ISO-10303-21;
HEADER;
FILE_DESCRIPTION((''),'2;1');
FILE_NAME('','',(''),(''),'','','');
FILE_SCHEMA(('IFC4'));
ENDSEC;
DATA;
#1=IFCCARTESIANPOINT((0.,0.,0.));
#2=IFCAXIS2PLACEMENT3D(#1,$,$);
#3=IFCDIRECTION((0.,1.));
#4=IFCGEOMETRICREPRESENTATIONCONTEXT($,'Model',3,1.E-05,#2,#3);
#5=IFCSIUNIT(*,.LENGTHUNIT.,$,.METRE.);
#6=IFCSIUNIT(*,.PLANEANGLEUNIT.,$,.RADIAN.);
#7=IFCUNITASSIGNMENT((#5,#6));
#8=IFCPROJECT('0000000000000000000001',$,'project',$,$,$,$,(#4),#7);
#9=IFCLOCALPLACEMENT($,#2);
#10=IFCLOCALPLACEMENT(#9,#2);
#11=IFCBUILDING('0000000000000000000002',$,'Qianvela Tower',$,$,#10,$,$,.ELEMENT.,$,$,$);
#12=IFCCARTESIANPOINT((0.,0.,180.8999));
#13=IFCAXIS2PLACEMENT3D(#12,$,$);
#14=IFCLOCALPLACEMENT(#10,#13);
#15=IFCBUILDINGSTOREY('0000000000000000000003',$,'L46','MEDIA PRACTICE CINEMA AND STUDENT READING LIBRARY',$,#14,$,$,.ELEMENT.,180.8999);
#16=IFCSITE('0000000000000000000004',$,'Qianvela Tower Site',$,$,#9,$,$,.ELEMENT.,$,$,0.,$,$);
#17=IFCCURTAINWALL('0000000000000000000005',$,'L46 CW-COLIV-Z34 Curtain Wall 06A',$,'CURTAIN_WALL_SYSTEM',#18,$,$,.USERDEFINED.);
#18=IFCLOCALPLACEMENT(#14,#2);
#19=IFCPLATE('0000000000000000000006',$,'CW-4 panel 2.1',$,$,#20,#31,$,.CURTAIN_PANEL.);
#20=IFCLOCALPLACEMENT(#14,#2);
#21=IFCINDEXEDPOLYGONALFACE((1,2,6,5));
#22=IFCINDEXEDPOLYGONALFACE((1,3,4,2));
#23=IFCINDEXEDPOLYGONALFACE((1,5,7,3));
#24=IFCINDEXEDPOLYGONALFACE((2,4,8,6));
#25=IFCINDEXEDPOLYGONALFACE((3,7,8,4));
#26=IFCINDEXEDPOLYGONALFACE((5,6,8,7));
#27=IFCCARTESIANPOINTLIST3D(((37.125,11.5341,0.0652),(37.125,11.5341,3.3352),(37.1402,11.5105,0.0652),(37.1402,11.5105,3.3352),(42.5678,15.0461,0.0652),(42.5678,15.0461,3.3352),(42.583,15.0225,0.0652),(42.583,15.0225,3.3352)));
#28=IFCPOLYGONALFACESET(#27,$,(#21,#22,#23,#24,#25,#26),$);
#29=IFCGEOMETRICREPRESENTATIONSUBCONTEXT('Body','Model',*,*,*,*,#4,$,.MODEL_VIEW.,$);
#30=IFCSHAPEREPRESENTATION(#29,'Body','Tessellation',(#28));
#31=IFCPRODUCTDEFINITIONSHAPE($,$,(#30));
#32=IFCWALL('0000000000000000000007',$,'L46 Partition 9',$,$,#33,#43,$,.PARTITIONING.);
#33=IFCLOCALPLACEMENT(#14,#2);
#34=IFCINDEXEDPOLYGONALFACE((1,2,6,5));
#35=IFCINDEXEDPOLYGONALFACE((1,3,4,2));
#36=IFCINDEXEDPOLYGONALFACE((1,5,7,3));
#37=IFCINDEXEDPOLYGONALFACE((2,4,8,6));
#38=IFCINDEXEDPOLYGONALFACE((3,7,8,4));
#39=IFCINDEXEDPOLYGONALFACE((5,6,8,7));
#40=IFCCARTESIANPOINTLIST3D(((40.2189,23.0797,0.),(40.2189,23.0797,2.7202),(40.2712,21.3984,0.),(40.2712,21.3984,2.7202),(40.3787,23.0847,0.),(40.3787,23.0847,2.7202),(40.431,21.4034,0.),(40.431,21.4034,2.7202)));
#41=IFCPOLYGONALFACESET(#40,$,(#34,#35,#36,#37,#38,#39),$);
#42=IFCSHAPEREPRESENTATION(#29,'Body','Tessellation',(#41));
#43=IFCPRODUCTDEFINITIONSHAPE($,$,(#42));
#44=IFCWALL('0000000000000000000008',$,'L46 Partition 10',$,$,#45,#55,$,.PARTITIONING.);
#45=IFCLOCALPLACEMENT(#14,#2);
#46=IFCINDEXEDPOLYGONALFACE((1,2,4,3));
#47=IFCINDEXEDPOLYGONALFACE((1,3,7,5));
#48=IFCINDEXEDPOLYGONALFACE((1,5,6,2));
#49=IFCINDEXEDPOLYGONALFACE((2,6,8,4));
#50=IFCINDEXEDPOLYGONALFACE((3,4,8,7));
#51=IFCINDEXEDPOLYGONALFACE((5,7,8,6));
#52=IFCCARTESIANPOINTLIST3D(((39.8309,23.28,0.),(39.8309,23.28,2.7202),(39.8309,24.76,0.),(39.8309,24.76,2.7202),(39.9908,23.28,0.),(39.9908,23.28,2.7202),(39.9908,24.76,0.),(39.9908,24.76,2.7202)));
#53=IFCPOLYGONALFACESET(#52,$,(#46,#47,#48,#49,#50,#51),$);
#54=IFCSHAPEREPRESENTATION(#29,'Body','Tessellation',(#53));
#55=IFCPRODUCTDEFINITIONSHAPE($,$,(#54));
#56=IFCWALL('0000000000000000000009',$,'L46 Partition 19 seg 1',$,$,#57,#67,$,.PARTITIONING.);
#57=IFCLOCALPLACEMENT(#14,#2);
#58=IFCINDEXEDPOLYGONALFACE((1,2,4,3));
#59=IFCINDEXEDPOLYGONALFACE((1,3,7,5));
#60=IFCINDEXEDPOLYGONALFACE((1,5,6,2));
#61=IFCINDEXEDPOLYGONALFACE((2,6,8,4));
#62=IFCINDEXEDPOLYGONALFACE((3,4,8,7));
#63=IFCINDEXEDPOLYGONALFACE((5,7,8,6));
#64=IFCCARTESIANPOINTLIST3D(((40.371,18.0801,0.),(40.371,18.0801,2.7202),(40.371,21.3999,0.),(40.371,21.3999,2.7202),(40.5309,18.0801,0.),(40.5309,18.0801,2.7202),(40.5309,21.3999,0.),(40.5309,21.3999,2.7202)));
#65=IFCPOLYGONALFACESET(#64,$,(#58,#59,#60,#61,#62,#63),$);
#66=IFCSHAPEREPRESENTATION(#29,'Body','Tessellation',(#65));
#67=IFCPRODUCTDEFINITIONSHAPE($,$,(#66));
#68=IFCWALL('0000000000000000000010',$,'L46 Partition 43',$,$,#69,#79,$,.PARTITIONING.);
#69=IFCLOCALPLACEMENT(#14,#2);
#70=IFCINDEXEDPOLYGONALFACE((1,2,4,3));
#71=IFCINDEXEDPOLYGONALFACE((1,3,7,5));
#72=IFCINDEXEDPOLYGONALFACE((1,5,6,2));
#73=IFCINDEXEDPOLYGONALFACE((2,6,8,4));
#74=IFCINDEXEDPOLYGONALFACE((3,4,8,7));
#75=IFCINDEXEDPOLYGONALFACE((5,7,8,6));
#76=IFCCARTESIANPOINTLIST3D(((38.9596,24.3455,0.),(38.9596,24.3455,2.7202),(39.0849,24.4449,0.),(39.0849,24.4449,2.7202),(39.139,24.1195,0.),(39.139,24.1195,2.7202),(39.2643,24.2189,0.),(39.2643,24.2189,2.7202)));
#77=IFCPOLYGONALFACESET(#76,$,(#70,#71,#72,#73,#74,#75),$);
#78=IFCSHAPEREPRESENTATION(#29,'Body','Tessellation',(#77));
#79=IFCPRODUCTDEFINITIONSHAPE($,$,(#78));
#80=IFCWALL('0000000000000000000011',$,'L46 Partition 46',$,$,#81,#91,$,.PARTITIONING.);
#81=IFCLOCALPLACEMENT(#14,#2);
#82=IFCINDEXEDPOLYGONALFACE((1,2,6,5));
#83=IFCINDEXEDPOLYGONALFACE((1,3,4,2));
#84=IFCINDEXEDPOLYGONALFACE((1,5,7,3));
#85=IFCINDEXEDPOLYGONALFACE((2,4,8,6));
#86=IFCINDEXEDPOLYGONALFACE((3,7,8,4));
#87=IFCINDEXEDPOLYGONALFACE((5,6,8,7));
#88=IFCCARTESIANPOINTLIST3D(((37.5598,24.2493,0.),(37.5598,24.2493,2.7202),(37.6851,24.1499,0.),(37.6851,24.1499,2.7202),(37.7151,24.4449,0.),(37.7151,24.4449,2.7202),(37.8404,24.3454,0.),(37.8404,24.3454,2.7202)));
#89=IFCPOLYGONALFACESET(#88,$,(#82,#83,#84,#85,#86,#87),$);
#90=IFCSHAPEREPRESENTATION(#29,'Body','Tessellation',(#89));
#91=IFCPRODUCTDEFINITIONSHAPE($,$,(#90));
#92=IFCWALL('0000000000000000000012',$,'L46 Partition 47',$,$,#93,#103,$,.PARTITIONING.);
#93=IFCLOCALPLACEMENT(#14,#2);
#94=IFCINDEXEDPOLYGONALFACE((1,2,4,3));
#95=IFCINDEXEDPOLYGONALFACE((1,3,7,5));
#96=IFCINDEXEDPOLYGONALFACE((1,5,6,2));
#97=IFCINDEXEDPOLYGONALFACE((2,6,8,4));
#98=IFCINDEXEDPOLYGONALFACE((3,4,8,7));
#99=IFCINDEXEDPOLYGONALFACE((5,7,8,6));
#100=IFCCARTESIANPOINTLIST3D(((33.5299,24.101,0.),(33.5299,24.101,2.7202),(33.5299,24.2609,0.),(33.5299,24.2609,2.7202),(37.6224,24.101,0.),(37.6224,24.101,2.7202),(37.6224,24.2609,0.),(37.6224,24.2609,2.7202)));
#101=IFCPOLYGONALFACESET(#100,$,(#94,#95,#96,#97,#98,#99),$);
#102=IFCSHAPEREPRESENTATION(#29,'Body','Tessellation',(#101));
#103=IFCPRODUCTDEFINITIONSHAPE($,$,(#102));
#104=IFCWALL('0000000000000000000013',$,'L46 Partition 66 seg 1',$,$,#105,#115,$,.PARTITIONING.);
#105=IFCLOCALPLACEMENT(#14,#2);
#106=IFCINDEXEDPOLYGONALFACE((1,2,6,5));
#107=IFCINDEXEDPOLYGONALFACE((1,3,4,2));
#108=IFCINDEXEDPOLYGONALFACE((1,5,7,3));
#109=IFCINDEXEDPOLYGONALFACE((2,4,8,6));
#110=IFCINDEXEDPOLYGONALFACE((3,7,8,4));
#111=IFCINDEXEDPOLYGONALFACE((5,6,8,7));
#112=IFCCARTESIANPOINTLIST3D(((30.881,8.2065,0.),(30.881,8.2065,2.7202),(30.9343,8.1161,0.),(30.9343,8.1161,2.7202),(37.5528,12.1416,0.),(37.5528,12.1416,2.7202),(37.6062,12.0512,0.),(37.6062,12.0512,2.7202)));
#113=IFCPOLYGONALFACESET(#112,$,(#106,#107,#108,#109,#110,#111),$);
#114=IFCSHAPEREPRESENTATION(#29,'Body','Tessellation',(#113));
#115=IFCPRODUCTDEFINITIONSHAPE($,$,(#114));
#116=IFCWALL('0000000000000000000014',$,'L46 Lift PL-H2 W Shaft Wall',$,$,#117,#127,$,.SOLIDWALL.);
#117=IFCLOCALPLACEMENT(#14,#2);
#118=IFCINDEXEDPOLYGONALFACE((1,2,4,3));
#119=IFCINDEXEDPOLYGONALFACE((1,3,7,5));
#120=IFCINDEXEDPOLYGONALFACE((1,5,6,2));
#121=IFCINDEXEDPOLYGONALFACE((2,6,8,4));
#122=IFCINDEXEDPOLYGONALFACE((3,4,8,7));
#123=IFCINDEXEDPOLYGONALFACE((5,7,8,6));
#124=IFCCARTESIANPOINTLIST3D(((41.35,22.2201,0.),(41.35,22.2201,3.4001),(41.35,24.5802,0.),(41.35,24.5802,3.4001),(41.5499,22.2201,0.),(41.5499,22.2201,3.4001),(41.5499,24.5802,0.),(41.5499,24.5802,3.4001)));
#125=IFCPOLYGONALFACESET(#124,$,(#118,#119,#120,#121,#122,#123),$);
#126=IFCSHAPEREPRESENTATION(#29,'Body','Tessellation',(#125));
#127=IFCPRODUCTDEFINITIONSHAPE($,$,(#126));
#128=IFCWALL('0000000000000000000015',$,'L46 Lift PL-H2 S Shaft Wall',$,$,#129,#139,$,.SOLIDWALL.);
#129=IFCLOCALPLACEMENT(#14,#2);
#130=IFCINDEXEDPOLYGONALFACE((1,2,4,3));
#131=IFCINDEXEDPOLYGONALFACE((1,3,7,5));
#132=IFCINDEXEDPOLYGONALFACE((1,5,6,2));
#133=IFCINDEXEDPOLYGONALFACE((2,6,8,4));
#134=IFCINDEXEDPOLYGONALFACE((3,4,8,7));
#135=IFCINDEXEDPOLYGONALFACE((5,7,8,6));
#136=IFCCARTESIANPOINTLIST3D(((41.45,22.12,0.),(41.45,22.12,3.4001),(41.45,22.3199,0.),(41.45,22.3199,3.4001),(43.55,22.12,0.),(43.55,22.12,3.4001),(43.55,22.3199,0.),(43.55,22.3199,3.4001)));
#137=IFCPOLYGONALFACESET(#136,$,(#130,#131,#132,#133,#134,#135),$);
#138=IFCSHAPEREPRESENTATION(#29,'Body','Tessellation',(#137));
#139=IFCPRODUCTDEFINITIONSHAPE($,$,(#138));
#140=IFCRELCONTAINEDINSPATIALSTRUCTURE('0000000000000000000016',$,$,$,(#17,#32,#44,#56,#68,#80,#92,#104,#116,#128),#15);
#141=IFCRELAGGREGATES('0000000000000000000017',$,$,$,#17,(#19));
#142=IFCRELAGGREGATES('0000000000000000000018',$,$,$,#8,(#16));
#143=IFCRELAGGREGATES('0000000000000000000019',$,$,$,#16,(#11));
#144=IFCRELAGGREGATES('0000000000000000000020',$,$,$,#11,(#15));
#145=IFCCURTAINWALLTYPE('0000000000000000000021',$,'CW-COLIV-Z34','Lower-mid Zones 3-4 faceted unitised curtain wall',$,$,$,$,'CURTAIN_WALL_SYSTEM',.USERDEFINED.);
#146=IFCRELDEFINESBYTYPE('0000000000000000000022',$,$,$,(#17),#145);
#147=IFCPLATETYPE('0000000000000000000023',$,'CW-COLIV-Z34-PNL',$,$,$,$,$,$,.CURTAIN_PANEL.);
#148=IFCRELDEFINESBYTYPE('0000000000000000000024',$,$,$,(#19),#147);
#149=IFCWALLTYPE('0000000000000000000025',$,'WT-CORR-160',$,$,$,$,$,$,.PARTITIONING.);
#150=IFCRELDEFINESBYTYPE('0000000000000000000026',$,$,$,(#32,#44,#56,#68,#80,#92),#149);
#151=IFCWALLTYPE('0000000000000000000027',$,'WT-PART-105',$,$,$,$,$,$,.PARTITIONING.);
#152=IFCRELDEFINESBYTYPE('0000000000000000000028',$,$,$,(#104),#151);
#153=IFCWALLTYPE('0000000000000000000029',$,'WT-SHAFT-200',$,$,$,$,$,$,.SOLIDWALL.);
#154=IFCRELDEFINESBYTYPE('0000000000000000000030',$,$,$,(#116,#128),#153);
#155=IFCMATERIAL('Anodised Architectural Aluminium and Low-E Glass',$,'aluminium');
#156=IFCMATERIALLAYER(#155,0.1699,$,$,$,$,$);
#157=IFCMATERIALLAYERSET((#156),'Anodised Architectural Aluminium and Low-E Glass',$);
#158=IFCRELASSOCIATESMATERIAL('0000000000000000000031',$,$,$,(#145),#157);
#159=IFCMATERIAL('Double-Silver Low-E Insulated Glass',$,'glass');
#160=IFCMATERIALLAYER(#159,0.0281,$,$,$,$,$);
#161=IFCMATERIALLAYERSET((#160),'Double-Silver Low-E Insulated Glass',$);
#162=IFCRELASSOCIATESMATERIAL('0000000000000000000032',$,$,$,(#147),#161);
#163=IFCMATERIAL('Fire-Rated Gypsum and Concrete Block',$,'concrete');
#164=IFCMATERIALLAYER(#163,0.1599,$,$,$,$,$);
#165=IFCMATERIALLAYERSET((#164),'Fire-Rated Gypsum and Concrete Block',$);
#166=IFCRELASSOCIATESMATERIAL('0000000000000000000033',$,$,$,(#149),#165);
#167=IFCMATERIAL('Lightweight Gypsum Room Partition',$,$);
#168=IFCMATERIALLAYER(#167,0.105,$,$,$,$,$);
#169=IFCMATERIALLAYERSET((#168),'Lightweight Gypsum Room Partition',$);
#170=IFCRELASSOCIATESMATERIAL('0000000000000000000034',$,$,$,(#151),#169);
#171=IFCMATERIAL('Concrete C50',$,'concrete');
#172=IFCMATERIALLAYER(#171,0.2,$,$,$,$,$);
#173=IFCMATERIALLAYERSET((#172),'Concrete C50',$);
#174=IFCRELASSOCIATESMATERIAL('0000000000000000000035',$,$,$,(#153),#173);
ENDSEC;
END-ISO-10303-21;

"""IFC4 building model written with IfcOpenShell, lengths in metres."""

from ifc_helpers import new_model, si_unit, direction, frame, frame_2d, origin, origin_2d, place, context, subcontext, project, spatial, rectangle, extrude, material, layer, layer_set, type_object, element, aggregate, save


model = new_model("IFC4")

# Units and contexts
model_context = context("Model", 3, precision=1e-05, world=origin(), true_north=direction((0.0, 1.0)))
body_context = subcontext(model_context, "Body", "Model", "MODEL_VIEW")
ifc_project = project(units=[si_unit("LENGTHUNIT", "METRE"), si_unit("PLANEANGLEUNIT", "RADIAN")], contexts=[model_context])

# Site, building, storey
site_placement = place(None, origin())
site = spatial("IfcSite", under=ifc_project, at=site_placement, Name="Qianvela Tower Site", CompositionType="ELEMENT", RefElevation=0.0)
building_placement = place(site_placement, origin())
building = spatial("IfcBuilding", under=site, at=building_placement, Name="Qianvela Tower", CompositionType="ELEMENT")
storey_placement = place(building_placement, frame((0.0, 0.0, 180.8999)))
storey = spatial("IfcBuildingStorey", under=building, at=storey_placement, Name="L46", Description="MEDIA PRACTICE CINEMA AND STUDENT READING LIBRARY", CompositionType="ELEMENT", Elevation=180.8999)

# Curtain wall, plate
ifc_material_1 = material(Name="Anodised Architectural Aluminium and Low-E Glass", Category="aluminium")
ifc_layer_1 = layer(ifc_material_1, 0.1699)
ifc_layer_set_1 = layer_set([ifc_layer_1], Name="Anodised Architectural Aluminium and Low-E Glass")
curtain_wall_type = type_object("IfcCurtainWallType", Name="CW-COLIV-Z34", Description="Lower-mid Zones 3-4 faceted unitised curtain wall", ElementType="CURTAIN_WALL_SYSTEM", PredefinedType="USERDEFINED", material=ifc_layer_set_1)
curtain_wall_placement = place(storey_placement, origin())
curtain_wall = element("IfcCurtainWall", 1, at=curtain_wall_placement, inside=storey, type_object=curtain_wall_type, Name="L46 CW-COLIV-Z34 Curtain Wall 06A", ObjectType="CURTAIN_WALL_SYSTEM", PredefinedType="USERDEFINED")
ifc_material_2 = material(Name="Double-Silver Low-E Insulated Glass", Category="glass")
ifc_layer_2 = layer(ifc_material_2, 0.0281)
ifc_layer_set_2 = layer_set([ifc_layer_2], Name="Double-Silver Low-E Insulated Glass")
plate_type = type_object("IfcPlateType", Name="CW-COLIV-Z34-PNL", PredefinedType="CURTAIN_PANEL", material=ifc_layer_set_2)
plate_1_placement = place(storey_placement, frame((39.854, 13.2783, 0.0652), z_axis=(0.0, 0.0, 1.0), x_axis=(0.840257, 0.542189, 0.0)))
plate_1 = element("IfcPlate", 2, at=plate_1_placement, type_object=plate_type, Name="CW-4 panel 2.1", PredefinedType="CURTAIN_PANEL", context=body_context, shape_type="SweptSolid", body=[
    extrude(rectangle(XDim=6.4775, YDim=0.0281, at=origin_2d()), origin(), (0.0, 0.0, 1.0), 3.27),
])
aggregate(curtain_wall, [plate_1])

# Shared definitions
ifc_material_3 = material(Name="Fire-Rated Gypsum and Concrete Block", Category="concrete")
ifc_layer_3 = layer(ifc_material_3, 0.1599)
ifc_layer_set_3 = layer_set([ifc_layer_3], Name="Fire-Rated Gypsum and Concrete Block")
wall_type_1 = type_object("IfcWallType", Name="WT-CORR-160", PredefinedType="PARTITIONING", material=ifc_layer_set_3)

# Walls
wall_1_placement = place(storey_placement, frame((40.3511, 21.4009, 0.0), z_axis=(0.0, 0.0, 1.0), x_axis=(-0.031058, 0.999518, 0.0)))
element("IfcWall", 3, at=wall_1_placement, inside=storey, type_object=wall_type_1, Name="L46 Partition 9", PredefinedType="PARTITIONING", context=body_context, shape_type="SweptSolid", body=[
    extrude(rectangle(XDim=1.6821, YDim=0.1599, at=frame_2d((0.8411, 0.0))), origin(), (0.0, 0.0, 1.0), 2.7202),
])
wall_2_placement = place(storey_placement, frame((39.9109, 23.28, 0.0), z_axis=(0.0, 0.0, 1.0), x_axis=(0.0, 1.0, 0.0)))
element("IfcWall", 4, at=wall_2_placement, inside=storey, type_object=wall_type_1, Name="L46 Partition 10", PredefinedType="PARTITIONING", context=body_context, shape_type="SweptSolid", body=[
    extrude(rectangle(XDim=1.48, YDim=0.1599, at=frame_2d((0.74, 0.0))), origin(), (0.0, 0.0, 1.0), 2.7202),
])
wall_3_placement = place(storey_placement, frame((40.4509, 18.0801, 0.0), z_axis=(0.0, 0.0, 1.0), x_axis=(0.0, 1.0, 0.0)))
element("IfcWall", 5, at=wall_3_placement, inside=storey, type_object=wall_type_1, Name="L46 Partition 19 seg 1", PredefinedType="PARTITIONING", context=body_context, shape_type="SweptSolid", body=[
    extrude(rectangle(XDim=3.3198, YDim=0.1599, at=frame_2d((1.6599, 0.0))), origin(), (0.0, 0.0, 1.0), 2.7202),
])
wall_4_placement = place(storey_placement, frame((39.2017, 24.1692, 0.0), z_axis=(0.0, 0.0, 1.0), x_axis=(-0.621699, 0.783256, 0.0)))
element("IfcWall", 6, at=wall_4_placement, inside=storey, type_object=wall_type_1, Name="L46 Partition 43", PredefinedType="PARTITIONING", context=body_context, shape_type="SweptSolid", body=[
    extrude(rectangle(XDim=0.2886, YDim=0.1599, at=frame_2d((0.1443, 0.0))), origin(), (0.0, 0.0, 1.0), 2.7202),
])
wall_5_placement = place(storey_placement, frame((37.7778, 24.3953, 0.0), z_axis=(0.0, 0.0, 1.0), x_axis=(-0.621829, -0.783153, 0.0)))
element("IfcWall", 7, at=wall_5_placement, inside=storey, type_object=wall_type_1, Name="L46 Partition 46", PredefinedType="PARTITIONING", context=body_context, shape_type="SweptSolid", body=[
    extrude(rectangle(XDim=0.2498, YDim=0.1599, at=frame_2d((0.125, 0.0))), origin(), (0.0, 0.0, 1.0), 2.7202),
])
wall_6_placement = place(storey_placement, frame((37.6226, 24.1809, 0.0), z_axis=(0.0, 0.0, 1.0), x_axis=(-1.0, 0.0, 0.0)))
element("IfcWall", 8, at=wall_6_placement, inside=storey, type_object=wall_type_1, Name="L46 Partition 47", PredefinedType="PARTITIONING", context=body_context, shape_type="SweptSolid", body=[
    extrude(rectangle(XDim=4.0925, YDim=0.1599, at=frame_2d((2.0464, 0.0))), origin(), (0.0, 0.0, 1.0), 2.7202),
])
ifc_material_4 = material(Name="Lightweight Gypsum Room Partition")
ifc_layer_4 = layer(ifc_material_4, 0.105)
ifc_layer_set_4 = layer_set([ifc_layer_4], Name="Lightweight Gypsum Room Partition")
wall_type_2 = type_object("IfcWallType", Name="WT-PART-105", PredefinedType="PARTITIONING", material=ifc_layer_set_4)
wall_7_placement = place(storey_placement, frame((37.5796, 12.0964, 0.0), z_axis=(0.0, 0.0, 1.0), x_axis=(-0.861345, -0.50802, 0.0)))
element("IfcWall", 9, at=wall_7_placement, inside=storey, type_object=wall_type_2, Name="L46 Partition 66 seg 1", PredefinedType="PARTITIONING", context=body_context, shape_type="SweptSolid", body=[
    extrude(rectangle(XDim=7.7458, YDim=0.105, at=frame_2d((3.873, 0.0))), origin(), (0.0, 0.0, 1.0), 2.7202),
])
ifc_material_5 = material(Name="Concrete C50", Category="concrete")
ifc_layer_5 = layer(ifc_material_5, 0.2)
ifc_layer_set_5 = layer_set([ifc_layer_5], Name="Concrete C50")
wall_type_3 = type_object("IfcWallType", Name="WT-SHAFT-200", PredefinedType="SOLIDWALL", material=ifc_layer_set_5)
wall_8_placement = place(storey_placement, frame((41.45, 22.22, 0.0), z_axis=(0.0, 0.0, 1.0), x_axis=(0.0, 1.0, 0.0)))
element("IfcWall", 10, at=wall_8_placement, inside=storey, type_object=wall_type_3, Name="L46 Lift PL-H2 W Shaft Wall", PredefinedType="SOLIDWALL", context=body_context, shape_type="SweptSolid", body=[
    extrude(rectangle(XDim=2.3601, YDim=0.2, at=frame_2d((1.1802, 0.0))), origin(), (0.0, 0.0, 1.0), 3.4001),
])
wall_9_placement = place(storey_placement, frame((41.45, 22.22, 0.0), z_axis=(0.0, 0.0, 1.0), x_axis=(1.0, 0.0, 0.0)))
element("IfcWall", 11, at=wall_9_placement, inside=storey, type_object=wall_type_3, Name="L46 Lift PL-H2 S Shaft Wall", PredefinedType="SOLIDWALL", context=body_context, shape_type="SweptSolid", body=[
    extrude(rectangle(XDim=2.1001, YDim=0.2, at=frame_2d((1.05, 0.0))), origin(), (0.0, 0.0, 1.0), 3.4001),
])

save(model, "model.ifc")
